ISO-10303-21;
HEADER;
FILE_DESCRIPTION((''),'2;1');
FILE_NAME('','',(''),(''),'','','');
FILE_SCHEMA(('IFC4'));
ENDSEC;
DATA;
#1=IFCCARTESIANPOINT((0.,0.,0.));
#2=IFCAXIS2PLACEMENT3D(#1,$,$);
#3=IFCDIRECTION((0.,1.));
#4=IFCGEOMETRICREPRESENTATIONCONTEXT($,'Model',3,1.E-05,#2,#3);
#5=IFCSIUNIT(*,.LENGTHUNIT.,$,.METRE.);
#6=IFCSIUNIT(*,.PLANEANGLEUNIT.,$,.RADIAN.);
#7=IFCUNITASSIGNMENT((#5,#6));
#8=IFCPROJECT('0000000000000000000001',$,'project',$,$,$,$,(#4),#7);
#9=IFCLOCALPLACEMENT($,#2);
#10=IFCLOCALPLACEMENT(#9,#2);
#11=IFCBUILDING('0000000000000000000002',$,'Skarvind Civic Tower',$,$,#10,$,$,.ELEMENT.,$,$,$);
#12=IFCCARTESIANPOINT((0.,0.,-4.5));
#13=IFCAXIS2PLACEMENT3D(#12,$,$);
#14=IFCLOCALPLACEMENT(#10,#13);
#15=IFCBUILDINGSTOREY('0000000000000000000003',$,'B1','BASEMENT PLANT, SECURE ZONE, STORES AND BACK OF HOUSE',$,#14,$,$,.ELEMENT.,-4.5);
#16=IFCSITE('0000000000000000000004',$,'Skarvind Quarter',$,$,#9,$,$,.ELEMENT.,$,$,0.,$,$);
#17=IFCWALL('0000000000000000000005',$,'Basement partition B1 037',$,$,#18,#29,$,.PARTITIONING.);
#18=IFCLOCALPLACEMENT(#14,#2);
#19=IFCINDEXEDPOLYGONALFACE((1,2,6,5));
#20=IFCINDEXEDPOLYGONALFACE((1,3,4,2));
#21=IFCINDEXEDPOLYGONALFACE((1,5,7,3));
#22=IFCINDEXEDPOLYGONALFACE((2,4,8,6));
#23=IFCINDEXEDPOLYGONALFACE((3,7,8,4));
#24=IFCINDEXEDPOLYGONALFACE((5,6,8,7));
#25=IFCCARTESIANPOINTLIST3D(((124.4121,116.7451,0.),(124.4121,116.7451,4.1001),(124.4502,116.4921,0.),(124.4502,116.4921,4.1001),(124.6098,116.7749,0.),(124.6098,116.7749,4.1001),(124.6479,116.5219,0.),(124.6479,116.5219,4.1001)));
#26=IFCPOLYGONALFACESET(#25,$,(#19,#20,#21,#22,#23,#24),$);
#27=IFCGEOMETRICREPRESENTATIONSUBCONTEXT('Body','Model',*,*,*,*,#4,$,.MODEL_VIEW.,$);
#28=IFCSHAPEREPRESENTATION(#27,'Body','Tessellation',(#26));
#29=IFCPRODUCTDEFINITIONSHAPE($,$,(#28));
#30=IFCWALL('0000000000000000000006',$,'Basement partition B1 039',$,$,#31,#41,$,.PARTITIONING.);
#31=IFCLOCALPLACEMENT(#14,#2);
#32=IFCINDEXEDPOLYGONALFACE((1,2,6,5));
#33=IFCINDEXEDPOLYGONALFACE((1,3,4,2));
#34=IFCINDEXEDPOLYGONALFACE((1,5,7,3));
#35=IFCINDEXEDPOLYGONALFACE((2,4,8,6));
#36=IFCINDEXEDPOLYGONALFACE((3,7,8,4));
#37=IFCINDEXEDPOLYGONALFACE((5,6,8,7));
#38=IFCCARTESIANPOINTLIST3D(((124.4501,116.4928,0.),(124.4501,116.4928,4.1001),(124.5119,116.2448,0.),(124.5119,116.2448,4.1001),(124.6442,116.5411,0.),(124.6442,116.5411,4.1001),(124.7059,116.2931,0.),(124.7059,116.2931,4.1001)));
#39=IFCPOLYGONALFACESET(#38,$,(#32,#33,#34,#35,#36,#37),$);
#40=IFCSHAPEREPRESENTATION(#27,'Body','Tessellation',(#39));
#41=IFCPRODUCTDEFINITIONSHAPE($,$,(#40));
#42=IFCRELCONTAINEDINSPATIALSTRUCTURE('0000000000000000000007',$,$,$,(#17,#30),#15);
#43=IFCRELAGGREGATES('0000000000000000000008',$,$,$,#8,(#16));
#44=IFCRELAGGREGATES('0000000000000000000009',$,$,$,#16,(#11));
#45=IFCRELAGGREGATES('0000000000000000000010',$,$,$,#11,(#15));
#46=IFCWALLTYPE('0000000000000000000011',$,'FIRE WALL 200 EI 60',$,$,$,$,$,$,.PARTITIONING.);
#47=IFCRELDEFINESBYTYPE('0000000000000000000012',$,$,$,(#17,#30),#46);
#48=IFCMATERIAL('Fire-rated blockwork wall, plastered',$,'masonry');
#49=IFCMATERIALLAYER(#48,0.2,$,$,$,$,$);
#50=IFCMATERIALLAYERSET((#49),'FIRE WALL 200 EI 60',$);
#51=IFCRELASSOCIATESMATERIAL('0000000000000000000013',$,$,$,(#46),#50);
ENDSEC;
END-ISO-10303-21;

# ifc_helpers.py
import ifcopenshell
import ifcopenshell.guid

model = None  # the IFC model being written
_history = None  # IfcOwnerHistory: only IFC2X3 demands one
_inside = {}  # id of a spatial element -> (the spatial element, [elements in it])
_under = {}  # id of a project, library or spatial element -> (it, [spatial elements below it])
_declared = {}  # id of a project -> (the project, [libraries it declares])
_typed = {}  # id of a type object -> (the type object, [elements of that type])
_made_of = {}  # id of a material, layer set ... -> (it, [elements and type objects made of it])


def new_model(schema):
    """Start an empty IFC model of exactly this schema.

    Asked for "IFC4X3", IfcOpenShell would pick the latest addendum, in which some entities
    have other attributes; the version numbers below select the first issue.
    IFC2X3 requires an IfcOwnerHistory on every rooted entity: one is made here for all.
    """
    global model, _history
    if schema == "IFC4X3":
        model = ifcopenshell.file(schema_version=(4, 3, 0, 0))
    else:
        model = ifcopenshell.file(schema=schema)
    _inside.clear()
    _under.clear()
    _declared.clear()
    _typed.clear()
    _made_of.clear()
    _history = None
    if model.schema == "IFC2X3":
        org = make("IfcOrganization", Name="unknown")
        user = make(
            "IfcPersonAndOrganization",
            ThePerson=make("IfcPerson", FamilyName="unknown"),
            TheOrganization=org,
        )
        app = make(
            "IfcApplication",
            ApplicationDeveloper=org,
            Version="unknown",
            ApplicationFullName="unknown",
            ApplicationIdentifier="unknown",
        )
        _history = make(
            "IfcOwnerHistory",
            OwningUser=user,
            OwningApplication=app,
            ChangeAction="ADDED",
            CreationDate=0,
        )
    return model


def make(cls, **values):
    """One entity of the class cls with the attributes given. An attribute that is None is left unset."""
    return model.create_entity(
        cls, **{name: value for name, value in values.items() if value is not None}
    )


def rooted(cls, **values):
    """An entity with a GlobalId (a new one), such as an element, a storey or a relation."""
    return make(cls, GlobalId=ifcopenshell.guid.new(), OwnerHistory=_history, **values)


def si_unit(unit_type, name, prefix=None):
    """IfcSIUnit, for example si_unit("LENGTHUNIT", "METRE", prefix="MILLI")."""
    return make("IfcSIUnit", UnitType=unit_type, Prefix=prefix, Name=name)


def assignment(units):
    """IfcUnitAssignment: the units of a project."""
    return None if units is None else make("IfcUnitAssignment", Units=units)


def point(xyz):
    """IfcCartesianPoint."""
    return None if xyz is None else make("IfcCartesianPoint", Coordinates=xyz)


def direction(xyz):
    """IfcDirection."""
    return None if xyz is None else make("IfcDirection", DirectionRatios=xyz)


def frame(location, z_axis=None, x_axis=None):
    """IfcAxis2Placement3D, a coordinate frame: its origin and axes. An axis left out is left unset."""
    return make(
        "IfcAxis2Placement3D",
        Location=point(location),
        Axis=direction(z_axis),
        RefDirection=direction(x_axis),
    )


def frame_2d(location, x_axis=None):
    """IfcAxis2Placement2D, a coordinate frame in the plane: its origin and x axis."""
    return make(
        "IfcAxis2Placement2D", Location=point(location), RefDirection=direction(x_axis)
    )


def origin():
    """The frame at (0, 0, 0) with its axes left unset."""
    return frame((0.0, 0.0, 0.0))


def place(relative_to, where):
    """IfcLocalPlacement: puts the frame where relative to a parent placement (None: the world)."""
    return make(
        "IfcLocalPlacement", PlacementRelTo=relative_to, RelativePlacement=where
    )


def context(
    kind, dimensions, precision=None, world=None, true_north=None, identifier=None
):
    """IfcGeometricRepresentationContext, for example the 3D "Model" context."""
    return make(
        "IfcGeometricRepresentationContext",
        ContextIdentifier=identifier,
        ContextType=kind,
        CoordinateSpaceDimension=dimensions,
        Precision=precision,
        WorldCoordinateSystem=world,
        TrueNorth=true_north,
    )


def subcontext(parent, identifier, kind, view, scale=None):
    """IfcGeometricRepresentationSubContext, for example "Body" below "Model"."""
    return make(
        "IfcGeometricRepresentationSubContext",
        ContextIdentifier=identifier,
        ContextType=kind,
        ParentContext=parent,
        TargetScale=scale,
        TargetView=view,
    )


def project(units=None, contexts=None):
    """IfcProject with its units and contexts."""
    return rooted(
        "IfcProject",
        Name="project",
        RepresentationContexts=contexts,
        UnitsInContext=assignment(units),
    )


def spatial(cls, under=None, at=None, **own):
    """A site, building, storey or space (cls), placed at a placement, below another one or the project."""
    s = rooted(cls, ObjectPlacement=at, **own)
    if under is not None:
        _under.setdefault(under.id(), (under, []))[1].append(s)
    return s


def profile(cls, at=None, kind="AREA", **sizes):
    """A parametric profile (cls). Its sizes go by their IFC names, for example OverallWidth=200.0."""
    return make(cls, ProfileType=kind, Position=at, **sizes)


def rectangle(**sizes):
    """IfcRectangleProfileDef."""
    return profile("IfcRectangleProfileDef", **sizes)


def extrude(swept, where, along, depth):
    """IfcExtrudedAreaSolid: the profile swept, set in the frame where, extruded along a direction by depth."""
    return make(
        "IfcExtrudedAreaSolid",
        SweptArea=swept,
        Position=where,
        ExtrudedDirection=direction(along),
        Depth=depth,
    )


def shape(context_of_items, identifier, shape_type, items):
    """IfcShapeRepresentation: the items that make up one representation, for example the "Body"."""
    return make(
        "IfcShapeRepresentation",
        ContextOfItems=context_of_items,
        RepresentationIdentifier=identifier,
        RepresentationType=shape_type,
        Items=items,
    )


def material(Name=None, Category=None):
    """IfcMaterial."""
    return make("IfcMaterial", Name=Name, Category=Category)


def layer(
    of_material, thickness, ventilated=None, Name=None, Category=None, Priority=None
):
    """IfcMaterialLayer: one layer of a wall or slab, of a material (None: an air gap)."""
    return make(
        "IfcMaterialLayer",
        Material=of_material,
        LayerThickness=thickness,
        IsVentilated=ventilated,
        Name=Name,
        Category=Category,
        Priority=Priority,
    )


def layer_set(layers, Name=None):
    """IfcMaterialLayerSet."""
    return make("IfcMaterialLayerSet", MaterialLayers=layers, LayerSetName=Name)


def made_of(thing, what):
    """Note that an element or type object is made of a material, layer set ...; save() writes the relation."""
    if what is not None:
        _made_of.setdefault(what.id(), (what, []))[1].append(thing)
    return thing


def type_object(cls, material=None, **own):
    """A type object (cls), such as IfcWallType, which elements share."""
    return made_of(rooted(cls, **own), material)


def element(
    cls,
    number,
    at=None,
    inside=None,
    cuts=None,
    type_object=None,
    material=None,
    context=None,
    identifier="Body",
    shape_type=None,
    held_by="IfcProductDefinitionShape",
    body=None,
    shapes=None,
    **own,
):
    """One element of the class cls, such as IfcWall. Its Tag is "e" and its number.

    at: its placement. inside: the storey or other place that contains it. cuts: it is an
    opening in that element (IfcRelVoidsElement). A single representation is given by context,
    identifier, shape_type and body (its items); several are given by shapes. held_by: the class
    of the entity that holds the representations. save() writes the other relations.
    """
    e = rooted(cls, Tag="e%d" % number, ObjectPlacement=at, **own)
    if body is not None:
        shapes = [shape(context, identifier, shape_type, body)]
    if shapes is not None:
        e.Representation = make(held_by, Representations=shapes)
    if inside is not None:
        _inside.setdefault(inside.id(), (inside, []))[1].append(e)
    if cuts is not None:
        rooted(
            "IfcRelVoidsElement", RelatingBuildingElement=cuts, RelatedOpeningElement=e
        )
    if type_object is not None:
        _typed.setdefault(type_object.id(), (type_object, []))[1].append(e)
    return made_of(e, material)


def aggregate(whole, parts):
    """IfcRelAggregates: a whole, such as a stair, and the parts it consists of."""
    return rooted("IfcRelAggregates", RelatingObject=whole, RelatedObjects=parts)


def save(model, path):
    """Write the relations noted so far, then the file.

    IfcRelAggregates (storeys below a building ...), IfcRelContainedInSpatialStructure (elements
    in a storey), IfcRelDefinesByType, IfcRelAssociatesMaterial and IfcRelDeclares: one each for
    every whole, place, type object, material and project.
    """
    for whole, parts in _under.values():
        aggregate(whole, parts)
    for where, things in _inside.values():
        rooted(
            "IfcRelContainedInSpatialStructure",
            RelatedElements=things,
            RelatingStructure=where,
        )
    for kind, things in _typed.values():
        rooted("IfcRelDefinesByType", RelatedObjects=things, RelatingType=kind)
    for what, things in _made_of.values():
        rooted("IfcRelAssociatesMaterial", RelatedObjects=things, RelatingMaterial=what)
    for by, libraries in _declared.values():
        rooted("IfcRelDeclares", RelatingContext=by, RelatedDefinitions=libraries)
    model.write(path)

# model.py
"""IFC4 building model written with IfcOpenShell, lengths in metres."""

from ifc_helpers import new_model, si_unit, direction, frame, frame_2d, origin, place, context, subcontext, project, spatial, rectangle, extrude, material, layer, layer_set, type_object, element, save


model = new_model("IFC4")

# Units and contexts
model_context = context("Model", 3, precision=1e-05, world=origin(), true_north=direction((0.0, 1.0)))
body_context = subcontext(model_context, "Body", "Model", "MODEL_VIEW")
ifc_project = project(units=[si_unit("LENGTHUNIT", "METRE"), si_unit("PLANEANGLEUNIT", "RADIAN")], contexts=[model_context])

# Site, building, storey
site_placement = place(None, origin())
site = spatial("IfcSite", under=ifc_project, at=site_placement, Name="Skarvind Quarter", CompositionType="ELEMENT", RefElevation=0.0)
building_placement = place(site_placement, origin())
building = spatial("IfcBuilding", under=site, at=building_placement, Name="Skarvind Civic Tower", CompositionType="ELEMENT")
storey_placement = place(building_placement, frame((0.0, 0.0, -4.5)))
storey = spatial("IfcBuildingStorey", under=building, at=storey_placement, Name="B1", Description="BASEMENT PLANT, SECURE ZONE, STORES AND BACK OF HOUSE", CompositionType="ELEMENT", Elevation=-4.5)

# Walls
ifc_material_1 = material(Name="Fire-rated blockwork wall, plastered", Category="masonry")
ifc_layer_1 = layer(ifc_material_1, 0.2)
ifc_layer_set_1 = layer_set([ifc_layer_1], Name="FIRE WALL 200 EI 60")
wall_type_1 = type_object("IfcWallType", Name="FIRE WALL 200 EI 60", PredefinedType="PARTITIONING", material=ifc_layer_set_1)
wall_1_placement = place(storey_placement, frame((124.511, 116.76, 0.0), z_axis=(0.0, 0.0, 1.0), x_axis=(0.148901, -0.988852, 0.0)))
element("IfcWall", 1, at=wall_1_placement, inside=storey, type_object=wall_type_1, Name="Basement partition B1 037", PredefinedType="PARTITIONING", context=body_context, shape_type="SweptSolid", body=[
    extrude(rectangle(XDim=0.2559, YDim=0.2, at=frame_2d((0.1279, 0.0))), origin(), (0.0, 0.0, 1.0), 4.1001),
])
wall_2_placement = place(storey_placement, frame((124.5471, 116.5171, 0.0), z_axis=(0.0, 0.0, 1.0), x_axis=(0.241637, -0.970367, 0.0)))
element("IfcWall", 2, at=wall_2_placement, inside=storey, type_object=wall_type_1, Name="Basement partition B1 039", PredefinedType="PARTITIONING", context=body_context, shape_type="SweptSolid", body=[
    extrude(rectangle(XDim=0.2556, YDim=0.2, at=frame_2d((0.1279, 0.0))), origin(), (0.0, 0.0, 1.0), 4.1001),
])

save(model, "model.ifc")
